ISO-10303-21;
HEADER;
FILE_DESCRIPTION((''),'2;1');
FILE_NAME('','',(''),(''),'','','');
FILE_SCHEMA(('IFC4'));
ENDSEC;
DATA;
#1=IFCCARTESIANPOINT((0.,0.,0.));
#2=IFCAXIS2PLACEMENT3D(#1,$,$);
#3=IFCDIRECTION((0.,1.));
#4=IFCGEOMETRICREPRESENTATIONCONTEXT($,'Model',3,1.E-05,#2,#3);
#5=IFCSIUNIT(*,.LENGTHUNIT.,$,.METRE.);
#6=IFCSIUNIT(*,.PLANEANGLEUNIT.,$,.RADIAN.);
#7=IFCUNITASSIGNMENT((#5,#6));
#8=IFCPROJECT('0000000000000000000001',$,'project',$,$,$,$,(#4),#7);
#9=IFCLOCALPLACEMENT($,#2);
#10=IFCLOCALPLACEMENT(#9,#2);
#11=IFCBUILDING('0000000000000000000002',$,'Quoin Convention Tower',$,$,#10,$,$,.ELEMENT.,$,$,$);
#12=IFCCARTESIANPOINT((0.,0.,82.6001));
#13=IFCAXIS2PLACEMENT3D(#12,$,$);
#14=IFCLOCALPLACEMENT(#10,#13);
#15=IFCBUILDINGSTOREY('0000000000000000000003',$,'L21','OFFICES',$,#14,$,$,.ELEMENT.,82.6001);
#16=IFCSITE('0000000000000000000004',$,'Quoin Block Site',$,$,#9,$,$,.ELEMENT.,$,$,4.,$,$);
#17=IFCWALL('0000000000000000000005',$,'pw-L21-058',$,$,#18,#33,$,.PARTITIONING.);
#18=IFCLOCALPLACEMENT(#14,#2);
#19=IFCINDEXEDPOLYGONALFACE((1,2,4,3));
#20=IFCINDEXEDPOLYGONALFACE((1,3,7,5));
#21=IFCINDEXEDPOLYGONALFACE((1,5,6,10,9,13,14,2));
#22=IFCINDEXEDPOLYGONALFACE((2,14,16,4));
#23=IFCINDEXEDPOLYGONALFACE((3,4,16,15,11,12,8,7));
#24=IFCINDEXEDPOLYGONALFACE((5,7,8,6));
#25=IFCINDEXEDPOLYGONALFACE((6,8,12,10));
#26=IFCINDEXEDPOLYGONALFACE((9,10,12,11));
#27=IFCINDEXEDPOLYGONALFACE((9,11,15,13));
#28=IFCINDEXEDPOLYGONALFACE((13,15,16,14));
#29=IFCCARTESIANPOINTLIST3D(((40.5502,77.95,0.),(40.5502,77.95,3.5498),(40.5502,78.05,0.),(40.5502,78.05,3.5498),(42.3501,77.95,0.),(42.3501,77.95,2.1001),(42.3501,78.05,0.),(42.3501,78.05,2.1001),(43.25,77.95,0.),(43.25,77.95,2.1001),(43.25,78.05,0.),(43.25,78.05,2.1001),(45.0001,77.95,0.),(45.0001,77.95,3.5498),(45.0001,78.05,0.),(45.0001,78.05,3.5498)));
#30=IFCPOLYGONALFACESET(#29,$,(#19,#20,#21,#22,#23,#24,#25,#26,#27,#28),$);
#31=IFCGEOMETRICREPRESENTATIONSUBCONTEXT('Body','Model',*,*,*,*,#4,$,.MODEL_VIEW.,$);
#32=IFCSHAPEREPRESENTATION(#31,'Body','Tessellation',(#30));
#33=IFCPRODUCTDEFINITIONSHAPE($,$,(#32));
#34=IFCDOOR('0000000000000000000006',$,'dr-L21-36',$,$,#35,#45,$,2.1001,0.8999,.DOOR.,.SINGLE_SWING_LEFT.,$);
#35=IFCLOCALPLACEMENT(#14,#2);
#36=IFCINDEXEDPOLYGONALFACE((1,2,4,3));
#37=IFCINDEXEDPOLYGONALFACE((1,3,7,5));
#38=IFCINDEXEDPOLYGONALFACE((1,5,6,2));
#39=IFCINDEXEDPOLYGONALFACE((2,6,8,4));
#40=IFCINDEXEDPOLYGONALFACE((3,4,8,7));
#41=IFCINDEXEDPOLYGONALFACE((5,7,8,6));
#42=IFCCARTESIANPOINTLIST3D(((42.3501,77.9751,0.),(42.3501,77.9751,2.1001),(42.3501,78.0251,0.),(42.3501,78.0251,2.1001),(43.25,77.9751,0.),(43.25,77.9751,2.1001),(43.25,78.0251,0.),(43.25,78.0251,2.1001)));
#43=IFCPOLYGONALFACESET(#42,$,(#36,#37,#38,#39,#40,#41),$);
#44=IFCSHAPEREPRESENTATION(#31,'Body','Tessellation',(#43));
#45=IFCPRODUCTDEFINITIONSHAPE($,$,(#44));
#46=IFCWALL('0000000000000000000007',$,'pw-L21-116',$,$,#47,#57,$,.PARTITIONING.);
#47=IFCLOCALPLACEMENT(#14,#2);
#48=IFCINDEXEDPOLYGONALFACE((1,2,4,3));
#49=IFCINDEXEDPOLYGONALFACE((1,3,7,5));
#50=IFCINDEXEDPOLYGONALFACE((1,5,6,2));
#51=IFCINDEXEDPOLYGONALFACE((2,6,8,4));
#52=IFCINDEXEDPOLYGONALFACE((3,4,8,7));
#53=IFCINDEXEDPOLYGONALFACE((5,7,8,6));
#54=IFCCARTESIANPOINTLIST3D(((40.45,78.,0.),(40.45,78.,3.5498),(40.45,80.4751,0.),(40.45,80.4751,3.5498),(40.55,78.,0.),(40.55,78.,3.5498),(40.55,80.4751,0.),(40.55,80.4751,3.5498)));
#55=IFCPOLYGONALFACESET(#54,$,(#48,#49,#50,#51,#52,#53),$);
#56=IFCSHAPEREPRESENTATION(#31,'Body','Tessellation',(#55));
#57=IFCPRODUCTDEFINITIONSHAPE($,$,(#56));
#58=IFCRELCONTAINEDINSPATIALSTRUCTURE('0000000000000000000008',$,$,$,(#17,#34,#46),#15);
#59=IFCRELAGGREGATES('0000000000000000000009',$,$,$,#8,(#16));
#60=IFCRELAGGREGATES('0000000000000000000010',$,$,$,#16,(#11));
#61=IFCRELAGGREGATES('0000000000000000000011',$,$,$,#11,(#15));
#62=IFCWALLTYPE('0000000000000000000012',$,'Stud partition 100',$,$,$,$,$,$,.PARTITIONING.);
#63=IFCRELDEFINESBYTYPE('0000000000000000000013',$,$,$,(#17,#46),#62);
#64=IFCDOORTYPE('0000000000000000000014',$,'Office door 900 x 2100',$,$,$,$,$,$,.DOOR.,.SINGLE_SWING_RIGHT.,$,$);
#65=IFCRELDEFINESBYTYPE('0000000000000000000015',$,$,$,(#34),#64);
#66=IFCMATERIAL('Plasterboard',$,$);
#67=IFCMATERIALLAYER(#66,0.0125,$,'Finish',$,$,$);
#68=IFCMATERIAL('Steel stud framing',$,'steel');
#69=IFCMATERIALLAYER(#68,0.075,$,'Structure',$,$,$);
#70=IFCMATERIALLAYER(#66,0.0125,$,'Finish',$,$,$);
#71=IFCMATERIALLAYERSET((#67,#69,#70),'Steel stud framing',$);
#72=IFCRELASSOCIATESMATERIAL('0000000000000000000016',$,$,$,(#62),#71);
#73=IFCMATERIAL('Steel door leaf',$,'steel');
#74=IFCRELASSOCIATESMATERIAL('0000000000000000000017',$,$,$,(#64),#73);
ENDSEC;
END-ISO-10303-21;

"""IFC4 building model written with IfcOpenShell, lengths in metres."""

from ifc_helpers import new_model, si_unit, direction, frame, frame_2d, origin, place, context, subcontext, project, spatial, rectangle, extrude, material, layer, layer_set, type_object, element, fill, save


model = new_model("IFC4")

# Units and contexts
model_context = context("Model", 3, precision=1e-05, world=origin(), true_north=direction((0.0, 1.0)))
body_context = subcontext(model_context, "Body", "Model", "MODEL_VIEW")
ifc_project = project(units=[si_unit("LENGTHUNIT", "METRE"), si_unit("PLANEANGLEUNIT", "RADIAN")], contexts=[model_context])

# Site, building, storey
site_placement = place(None, origin())
site = spatial("IfcSite", under=ifc_project, at=site_placement, Name="Quoin Block Site", CompositionType="ELEMENT", RefElevation=4.0)
building_placement = place(site_placement, origin())
building = spatial("IfcBuilding", under=site, at=building_placement, Name="Quoin Convention Tower", CompositionType="ELEMENT")
storey_placement = place(building_placement, frame((0.0, 0.0, 82.6001)))
storey = spatial("IfcBuildingStorey", under=building, at=storey_placement, Name="L21", Description="OFFICES", CompositionType="ELEMENT", Elevation=82.6001)

# Shared definitions
ifc_material_1 = material(Name="Plasterboard")
ifc_material_2 = material(Name="Steel stud framing", Category="steel")

# Wall, opening, door
ifc_layer_1 = layer(ifc_material_1, 0.0125, Name="Finish")
ifc_layer_2 = layer(ifc_material_2, 0.075, Name="Structure")
ifc_layer_3 = layer(ifc_material_1, 0.0125, Name="Finish")
ifc_layer_set_1 = layer_set([ifc_layer_1, ifc_layer_2, ifc_layer_3], Name="Steel stud framing")
wall_type_1 = type_object("IfcWallType", Name="Stud partition 100", PredefinedType="PARTITIONING", material=ifc_layer_set_1)
wall_1_placement = place(storey_placement, frame((40.55, 78.0, 0.0), z_axis=(0.0, 0.0, 1.0), x_axis=(1.0, 0.0, 0.0)))
wall_1 = element("IfcWall", 1, at=wall_1_placement, inside=storey, type_object=wall_type_1, Name="pw-L21-058", PredefinedType="PARTITIONING", context=body_context, shape_type="SweptSolid", body=[
    extrude(rectangle(XDim=4.45, YDim=0.1001, at=frame_2d((2.2251, 0.0))), origin(), (0.0, 0.0, 1.0), 3.5498),
])
opening_1_placement = place(wall_1_placement, frame((1.8, 0.0, 0.0)))
opening_1 = element("IfcOpeningElement", 2, at=opening_1_placement, cuts=wall_1, PredefinedType="OPENING", context=body_context, shape_type="SweptSolid", body=[
    extrude(rectangle(XDim=0.8999, YDim=2.1001, at=frame_2d((0.45, 1.05))), frame((0.0, 0.0601, 0.0), z_axis=(0.0, -1.0, 0.0), x_axis=(1.0, 0.0, 0.0)), (0.0, 0.0, 1.0), 0.1201),
])
ifc_material_3 = material(Name="Steel door leaf", Category="steel")
door_type = type_object("IfcDoorType", Name="Office door 900 x 2100", OperationType="SINGLE_SWING_RIGHT", PredefinedType="DOOR", material=ifc_material_3)
door_placement = place(opening_1_placement, frame((0.8999, 0.0, 0.0), z_axis=(0.0, 0.0, 1.0), x_axis=(-1.0, 0.0, 0.0)))
door = element("IfcDoor", 3, at=door_placement, inside=storey, type_object=door_type, Name="dr-L21-36", OperationType="SINGLE_SWING_LEFT", OverallHeight=2.1001, OverallWidth=0.8999, PredefinedType="DOOR", context=body_context, shape_type="SweptSolid", body=[
    extrude(rectangle(XDim=0.8999, YDim=2.1001, at=frame_2d((0.45, 1.05))), frame((0.0, 0.0249, 0.0), z_axis=(0.0, -1.0, 0.0), x_axis=(1.0, 0.0, 0.0)), (0.0, 0.0, 1.0), 0.05),
])
fill(opening_1, door)

# Wall
wall_2_placement = place(storey_placement, frame((40.5, 78.0, 0.0), z_axis=(0.0, 0.0, 1.0), x_axis=(0.0, 1.0, 0.0)))
element("IfcWall", 4, at=wall_2_placement, inside=storey, type_object=wall_type_1, Name="pw-L21-116", PredefinedType="PARTITIONING", context=body_context, shape_type="SweptSolid", body=[
    extrude(rectangle(XDim=2.4751, YDim=0.1001, at=frame_2d((1.2375, 0.0))), origin(), (0.0, 0.0, 1.0), 3.5498),
])

save(model, "model.ifc")
